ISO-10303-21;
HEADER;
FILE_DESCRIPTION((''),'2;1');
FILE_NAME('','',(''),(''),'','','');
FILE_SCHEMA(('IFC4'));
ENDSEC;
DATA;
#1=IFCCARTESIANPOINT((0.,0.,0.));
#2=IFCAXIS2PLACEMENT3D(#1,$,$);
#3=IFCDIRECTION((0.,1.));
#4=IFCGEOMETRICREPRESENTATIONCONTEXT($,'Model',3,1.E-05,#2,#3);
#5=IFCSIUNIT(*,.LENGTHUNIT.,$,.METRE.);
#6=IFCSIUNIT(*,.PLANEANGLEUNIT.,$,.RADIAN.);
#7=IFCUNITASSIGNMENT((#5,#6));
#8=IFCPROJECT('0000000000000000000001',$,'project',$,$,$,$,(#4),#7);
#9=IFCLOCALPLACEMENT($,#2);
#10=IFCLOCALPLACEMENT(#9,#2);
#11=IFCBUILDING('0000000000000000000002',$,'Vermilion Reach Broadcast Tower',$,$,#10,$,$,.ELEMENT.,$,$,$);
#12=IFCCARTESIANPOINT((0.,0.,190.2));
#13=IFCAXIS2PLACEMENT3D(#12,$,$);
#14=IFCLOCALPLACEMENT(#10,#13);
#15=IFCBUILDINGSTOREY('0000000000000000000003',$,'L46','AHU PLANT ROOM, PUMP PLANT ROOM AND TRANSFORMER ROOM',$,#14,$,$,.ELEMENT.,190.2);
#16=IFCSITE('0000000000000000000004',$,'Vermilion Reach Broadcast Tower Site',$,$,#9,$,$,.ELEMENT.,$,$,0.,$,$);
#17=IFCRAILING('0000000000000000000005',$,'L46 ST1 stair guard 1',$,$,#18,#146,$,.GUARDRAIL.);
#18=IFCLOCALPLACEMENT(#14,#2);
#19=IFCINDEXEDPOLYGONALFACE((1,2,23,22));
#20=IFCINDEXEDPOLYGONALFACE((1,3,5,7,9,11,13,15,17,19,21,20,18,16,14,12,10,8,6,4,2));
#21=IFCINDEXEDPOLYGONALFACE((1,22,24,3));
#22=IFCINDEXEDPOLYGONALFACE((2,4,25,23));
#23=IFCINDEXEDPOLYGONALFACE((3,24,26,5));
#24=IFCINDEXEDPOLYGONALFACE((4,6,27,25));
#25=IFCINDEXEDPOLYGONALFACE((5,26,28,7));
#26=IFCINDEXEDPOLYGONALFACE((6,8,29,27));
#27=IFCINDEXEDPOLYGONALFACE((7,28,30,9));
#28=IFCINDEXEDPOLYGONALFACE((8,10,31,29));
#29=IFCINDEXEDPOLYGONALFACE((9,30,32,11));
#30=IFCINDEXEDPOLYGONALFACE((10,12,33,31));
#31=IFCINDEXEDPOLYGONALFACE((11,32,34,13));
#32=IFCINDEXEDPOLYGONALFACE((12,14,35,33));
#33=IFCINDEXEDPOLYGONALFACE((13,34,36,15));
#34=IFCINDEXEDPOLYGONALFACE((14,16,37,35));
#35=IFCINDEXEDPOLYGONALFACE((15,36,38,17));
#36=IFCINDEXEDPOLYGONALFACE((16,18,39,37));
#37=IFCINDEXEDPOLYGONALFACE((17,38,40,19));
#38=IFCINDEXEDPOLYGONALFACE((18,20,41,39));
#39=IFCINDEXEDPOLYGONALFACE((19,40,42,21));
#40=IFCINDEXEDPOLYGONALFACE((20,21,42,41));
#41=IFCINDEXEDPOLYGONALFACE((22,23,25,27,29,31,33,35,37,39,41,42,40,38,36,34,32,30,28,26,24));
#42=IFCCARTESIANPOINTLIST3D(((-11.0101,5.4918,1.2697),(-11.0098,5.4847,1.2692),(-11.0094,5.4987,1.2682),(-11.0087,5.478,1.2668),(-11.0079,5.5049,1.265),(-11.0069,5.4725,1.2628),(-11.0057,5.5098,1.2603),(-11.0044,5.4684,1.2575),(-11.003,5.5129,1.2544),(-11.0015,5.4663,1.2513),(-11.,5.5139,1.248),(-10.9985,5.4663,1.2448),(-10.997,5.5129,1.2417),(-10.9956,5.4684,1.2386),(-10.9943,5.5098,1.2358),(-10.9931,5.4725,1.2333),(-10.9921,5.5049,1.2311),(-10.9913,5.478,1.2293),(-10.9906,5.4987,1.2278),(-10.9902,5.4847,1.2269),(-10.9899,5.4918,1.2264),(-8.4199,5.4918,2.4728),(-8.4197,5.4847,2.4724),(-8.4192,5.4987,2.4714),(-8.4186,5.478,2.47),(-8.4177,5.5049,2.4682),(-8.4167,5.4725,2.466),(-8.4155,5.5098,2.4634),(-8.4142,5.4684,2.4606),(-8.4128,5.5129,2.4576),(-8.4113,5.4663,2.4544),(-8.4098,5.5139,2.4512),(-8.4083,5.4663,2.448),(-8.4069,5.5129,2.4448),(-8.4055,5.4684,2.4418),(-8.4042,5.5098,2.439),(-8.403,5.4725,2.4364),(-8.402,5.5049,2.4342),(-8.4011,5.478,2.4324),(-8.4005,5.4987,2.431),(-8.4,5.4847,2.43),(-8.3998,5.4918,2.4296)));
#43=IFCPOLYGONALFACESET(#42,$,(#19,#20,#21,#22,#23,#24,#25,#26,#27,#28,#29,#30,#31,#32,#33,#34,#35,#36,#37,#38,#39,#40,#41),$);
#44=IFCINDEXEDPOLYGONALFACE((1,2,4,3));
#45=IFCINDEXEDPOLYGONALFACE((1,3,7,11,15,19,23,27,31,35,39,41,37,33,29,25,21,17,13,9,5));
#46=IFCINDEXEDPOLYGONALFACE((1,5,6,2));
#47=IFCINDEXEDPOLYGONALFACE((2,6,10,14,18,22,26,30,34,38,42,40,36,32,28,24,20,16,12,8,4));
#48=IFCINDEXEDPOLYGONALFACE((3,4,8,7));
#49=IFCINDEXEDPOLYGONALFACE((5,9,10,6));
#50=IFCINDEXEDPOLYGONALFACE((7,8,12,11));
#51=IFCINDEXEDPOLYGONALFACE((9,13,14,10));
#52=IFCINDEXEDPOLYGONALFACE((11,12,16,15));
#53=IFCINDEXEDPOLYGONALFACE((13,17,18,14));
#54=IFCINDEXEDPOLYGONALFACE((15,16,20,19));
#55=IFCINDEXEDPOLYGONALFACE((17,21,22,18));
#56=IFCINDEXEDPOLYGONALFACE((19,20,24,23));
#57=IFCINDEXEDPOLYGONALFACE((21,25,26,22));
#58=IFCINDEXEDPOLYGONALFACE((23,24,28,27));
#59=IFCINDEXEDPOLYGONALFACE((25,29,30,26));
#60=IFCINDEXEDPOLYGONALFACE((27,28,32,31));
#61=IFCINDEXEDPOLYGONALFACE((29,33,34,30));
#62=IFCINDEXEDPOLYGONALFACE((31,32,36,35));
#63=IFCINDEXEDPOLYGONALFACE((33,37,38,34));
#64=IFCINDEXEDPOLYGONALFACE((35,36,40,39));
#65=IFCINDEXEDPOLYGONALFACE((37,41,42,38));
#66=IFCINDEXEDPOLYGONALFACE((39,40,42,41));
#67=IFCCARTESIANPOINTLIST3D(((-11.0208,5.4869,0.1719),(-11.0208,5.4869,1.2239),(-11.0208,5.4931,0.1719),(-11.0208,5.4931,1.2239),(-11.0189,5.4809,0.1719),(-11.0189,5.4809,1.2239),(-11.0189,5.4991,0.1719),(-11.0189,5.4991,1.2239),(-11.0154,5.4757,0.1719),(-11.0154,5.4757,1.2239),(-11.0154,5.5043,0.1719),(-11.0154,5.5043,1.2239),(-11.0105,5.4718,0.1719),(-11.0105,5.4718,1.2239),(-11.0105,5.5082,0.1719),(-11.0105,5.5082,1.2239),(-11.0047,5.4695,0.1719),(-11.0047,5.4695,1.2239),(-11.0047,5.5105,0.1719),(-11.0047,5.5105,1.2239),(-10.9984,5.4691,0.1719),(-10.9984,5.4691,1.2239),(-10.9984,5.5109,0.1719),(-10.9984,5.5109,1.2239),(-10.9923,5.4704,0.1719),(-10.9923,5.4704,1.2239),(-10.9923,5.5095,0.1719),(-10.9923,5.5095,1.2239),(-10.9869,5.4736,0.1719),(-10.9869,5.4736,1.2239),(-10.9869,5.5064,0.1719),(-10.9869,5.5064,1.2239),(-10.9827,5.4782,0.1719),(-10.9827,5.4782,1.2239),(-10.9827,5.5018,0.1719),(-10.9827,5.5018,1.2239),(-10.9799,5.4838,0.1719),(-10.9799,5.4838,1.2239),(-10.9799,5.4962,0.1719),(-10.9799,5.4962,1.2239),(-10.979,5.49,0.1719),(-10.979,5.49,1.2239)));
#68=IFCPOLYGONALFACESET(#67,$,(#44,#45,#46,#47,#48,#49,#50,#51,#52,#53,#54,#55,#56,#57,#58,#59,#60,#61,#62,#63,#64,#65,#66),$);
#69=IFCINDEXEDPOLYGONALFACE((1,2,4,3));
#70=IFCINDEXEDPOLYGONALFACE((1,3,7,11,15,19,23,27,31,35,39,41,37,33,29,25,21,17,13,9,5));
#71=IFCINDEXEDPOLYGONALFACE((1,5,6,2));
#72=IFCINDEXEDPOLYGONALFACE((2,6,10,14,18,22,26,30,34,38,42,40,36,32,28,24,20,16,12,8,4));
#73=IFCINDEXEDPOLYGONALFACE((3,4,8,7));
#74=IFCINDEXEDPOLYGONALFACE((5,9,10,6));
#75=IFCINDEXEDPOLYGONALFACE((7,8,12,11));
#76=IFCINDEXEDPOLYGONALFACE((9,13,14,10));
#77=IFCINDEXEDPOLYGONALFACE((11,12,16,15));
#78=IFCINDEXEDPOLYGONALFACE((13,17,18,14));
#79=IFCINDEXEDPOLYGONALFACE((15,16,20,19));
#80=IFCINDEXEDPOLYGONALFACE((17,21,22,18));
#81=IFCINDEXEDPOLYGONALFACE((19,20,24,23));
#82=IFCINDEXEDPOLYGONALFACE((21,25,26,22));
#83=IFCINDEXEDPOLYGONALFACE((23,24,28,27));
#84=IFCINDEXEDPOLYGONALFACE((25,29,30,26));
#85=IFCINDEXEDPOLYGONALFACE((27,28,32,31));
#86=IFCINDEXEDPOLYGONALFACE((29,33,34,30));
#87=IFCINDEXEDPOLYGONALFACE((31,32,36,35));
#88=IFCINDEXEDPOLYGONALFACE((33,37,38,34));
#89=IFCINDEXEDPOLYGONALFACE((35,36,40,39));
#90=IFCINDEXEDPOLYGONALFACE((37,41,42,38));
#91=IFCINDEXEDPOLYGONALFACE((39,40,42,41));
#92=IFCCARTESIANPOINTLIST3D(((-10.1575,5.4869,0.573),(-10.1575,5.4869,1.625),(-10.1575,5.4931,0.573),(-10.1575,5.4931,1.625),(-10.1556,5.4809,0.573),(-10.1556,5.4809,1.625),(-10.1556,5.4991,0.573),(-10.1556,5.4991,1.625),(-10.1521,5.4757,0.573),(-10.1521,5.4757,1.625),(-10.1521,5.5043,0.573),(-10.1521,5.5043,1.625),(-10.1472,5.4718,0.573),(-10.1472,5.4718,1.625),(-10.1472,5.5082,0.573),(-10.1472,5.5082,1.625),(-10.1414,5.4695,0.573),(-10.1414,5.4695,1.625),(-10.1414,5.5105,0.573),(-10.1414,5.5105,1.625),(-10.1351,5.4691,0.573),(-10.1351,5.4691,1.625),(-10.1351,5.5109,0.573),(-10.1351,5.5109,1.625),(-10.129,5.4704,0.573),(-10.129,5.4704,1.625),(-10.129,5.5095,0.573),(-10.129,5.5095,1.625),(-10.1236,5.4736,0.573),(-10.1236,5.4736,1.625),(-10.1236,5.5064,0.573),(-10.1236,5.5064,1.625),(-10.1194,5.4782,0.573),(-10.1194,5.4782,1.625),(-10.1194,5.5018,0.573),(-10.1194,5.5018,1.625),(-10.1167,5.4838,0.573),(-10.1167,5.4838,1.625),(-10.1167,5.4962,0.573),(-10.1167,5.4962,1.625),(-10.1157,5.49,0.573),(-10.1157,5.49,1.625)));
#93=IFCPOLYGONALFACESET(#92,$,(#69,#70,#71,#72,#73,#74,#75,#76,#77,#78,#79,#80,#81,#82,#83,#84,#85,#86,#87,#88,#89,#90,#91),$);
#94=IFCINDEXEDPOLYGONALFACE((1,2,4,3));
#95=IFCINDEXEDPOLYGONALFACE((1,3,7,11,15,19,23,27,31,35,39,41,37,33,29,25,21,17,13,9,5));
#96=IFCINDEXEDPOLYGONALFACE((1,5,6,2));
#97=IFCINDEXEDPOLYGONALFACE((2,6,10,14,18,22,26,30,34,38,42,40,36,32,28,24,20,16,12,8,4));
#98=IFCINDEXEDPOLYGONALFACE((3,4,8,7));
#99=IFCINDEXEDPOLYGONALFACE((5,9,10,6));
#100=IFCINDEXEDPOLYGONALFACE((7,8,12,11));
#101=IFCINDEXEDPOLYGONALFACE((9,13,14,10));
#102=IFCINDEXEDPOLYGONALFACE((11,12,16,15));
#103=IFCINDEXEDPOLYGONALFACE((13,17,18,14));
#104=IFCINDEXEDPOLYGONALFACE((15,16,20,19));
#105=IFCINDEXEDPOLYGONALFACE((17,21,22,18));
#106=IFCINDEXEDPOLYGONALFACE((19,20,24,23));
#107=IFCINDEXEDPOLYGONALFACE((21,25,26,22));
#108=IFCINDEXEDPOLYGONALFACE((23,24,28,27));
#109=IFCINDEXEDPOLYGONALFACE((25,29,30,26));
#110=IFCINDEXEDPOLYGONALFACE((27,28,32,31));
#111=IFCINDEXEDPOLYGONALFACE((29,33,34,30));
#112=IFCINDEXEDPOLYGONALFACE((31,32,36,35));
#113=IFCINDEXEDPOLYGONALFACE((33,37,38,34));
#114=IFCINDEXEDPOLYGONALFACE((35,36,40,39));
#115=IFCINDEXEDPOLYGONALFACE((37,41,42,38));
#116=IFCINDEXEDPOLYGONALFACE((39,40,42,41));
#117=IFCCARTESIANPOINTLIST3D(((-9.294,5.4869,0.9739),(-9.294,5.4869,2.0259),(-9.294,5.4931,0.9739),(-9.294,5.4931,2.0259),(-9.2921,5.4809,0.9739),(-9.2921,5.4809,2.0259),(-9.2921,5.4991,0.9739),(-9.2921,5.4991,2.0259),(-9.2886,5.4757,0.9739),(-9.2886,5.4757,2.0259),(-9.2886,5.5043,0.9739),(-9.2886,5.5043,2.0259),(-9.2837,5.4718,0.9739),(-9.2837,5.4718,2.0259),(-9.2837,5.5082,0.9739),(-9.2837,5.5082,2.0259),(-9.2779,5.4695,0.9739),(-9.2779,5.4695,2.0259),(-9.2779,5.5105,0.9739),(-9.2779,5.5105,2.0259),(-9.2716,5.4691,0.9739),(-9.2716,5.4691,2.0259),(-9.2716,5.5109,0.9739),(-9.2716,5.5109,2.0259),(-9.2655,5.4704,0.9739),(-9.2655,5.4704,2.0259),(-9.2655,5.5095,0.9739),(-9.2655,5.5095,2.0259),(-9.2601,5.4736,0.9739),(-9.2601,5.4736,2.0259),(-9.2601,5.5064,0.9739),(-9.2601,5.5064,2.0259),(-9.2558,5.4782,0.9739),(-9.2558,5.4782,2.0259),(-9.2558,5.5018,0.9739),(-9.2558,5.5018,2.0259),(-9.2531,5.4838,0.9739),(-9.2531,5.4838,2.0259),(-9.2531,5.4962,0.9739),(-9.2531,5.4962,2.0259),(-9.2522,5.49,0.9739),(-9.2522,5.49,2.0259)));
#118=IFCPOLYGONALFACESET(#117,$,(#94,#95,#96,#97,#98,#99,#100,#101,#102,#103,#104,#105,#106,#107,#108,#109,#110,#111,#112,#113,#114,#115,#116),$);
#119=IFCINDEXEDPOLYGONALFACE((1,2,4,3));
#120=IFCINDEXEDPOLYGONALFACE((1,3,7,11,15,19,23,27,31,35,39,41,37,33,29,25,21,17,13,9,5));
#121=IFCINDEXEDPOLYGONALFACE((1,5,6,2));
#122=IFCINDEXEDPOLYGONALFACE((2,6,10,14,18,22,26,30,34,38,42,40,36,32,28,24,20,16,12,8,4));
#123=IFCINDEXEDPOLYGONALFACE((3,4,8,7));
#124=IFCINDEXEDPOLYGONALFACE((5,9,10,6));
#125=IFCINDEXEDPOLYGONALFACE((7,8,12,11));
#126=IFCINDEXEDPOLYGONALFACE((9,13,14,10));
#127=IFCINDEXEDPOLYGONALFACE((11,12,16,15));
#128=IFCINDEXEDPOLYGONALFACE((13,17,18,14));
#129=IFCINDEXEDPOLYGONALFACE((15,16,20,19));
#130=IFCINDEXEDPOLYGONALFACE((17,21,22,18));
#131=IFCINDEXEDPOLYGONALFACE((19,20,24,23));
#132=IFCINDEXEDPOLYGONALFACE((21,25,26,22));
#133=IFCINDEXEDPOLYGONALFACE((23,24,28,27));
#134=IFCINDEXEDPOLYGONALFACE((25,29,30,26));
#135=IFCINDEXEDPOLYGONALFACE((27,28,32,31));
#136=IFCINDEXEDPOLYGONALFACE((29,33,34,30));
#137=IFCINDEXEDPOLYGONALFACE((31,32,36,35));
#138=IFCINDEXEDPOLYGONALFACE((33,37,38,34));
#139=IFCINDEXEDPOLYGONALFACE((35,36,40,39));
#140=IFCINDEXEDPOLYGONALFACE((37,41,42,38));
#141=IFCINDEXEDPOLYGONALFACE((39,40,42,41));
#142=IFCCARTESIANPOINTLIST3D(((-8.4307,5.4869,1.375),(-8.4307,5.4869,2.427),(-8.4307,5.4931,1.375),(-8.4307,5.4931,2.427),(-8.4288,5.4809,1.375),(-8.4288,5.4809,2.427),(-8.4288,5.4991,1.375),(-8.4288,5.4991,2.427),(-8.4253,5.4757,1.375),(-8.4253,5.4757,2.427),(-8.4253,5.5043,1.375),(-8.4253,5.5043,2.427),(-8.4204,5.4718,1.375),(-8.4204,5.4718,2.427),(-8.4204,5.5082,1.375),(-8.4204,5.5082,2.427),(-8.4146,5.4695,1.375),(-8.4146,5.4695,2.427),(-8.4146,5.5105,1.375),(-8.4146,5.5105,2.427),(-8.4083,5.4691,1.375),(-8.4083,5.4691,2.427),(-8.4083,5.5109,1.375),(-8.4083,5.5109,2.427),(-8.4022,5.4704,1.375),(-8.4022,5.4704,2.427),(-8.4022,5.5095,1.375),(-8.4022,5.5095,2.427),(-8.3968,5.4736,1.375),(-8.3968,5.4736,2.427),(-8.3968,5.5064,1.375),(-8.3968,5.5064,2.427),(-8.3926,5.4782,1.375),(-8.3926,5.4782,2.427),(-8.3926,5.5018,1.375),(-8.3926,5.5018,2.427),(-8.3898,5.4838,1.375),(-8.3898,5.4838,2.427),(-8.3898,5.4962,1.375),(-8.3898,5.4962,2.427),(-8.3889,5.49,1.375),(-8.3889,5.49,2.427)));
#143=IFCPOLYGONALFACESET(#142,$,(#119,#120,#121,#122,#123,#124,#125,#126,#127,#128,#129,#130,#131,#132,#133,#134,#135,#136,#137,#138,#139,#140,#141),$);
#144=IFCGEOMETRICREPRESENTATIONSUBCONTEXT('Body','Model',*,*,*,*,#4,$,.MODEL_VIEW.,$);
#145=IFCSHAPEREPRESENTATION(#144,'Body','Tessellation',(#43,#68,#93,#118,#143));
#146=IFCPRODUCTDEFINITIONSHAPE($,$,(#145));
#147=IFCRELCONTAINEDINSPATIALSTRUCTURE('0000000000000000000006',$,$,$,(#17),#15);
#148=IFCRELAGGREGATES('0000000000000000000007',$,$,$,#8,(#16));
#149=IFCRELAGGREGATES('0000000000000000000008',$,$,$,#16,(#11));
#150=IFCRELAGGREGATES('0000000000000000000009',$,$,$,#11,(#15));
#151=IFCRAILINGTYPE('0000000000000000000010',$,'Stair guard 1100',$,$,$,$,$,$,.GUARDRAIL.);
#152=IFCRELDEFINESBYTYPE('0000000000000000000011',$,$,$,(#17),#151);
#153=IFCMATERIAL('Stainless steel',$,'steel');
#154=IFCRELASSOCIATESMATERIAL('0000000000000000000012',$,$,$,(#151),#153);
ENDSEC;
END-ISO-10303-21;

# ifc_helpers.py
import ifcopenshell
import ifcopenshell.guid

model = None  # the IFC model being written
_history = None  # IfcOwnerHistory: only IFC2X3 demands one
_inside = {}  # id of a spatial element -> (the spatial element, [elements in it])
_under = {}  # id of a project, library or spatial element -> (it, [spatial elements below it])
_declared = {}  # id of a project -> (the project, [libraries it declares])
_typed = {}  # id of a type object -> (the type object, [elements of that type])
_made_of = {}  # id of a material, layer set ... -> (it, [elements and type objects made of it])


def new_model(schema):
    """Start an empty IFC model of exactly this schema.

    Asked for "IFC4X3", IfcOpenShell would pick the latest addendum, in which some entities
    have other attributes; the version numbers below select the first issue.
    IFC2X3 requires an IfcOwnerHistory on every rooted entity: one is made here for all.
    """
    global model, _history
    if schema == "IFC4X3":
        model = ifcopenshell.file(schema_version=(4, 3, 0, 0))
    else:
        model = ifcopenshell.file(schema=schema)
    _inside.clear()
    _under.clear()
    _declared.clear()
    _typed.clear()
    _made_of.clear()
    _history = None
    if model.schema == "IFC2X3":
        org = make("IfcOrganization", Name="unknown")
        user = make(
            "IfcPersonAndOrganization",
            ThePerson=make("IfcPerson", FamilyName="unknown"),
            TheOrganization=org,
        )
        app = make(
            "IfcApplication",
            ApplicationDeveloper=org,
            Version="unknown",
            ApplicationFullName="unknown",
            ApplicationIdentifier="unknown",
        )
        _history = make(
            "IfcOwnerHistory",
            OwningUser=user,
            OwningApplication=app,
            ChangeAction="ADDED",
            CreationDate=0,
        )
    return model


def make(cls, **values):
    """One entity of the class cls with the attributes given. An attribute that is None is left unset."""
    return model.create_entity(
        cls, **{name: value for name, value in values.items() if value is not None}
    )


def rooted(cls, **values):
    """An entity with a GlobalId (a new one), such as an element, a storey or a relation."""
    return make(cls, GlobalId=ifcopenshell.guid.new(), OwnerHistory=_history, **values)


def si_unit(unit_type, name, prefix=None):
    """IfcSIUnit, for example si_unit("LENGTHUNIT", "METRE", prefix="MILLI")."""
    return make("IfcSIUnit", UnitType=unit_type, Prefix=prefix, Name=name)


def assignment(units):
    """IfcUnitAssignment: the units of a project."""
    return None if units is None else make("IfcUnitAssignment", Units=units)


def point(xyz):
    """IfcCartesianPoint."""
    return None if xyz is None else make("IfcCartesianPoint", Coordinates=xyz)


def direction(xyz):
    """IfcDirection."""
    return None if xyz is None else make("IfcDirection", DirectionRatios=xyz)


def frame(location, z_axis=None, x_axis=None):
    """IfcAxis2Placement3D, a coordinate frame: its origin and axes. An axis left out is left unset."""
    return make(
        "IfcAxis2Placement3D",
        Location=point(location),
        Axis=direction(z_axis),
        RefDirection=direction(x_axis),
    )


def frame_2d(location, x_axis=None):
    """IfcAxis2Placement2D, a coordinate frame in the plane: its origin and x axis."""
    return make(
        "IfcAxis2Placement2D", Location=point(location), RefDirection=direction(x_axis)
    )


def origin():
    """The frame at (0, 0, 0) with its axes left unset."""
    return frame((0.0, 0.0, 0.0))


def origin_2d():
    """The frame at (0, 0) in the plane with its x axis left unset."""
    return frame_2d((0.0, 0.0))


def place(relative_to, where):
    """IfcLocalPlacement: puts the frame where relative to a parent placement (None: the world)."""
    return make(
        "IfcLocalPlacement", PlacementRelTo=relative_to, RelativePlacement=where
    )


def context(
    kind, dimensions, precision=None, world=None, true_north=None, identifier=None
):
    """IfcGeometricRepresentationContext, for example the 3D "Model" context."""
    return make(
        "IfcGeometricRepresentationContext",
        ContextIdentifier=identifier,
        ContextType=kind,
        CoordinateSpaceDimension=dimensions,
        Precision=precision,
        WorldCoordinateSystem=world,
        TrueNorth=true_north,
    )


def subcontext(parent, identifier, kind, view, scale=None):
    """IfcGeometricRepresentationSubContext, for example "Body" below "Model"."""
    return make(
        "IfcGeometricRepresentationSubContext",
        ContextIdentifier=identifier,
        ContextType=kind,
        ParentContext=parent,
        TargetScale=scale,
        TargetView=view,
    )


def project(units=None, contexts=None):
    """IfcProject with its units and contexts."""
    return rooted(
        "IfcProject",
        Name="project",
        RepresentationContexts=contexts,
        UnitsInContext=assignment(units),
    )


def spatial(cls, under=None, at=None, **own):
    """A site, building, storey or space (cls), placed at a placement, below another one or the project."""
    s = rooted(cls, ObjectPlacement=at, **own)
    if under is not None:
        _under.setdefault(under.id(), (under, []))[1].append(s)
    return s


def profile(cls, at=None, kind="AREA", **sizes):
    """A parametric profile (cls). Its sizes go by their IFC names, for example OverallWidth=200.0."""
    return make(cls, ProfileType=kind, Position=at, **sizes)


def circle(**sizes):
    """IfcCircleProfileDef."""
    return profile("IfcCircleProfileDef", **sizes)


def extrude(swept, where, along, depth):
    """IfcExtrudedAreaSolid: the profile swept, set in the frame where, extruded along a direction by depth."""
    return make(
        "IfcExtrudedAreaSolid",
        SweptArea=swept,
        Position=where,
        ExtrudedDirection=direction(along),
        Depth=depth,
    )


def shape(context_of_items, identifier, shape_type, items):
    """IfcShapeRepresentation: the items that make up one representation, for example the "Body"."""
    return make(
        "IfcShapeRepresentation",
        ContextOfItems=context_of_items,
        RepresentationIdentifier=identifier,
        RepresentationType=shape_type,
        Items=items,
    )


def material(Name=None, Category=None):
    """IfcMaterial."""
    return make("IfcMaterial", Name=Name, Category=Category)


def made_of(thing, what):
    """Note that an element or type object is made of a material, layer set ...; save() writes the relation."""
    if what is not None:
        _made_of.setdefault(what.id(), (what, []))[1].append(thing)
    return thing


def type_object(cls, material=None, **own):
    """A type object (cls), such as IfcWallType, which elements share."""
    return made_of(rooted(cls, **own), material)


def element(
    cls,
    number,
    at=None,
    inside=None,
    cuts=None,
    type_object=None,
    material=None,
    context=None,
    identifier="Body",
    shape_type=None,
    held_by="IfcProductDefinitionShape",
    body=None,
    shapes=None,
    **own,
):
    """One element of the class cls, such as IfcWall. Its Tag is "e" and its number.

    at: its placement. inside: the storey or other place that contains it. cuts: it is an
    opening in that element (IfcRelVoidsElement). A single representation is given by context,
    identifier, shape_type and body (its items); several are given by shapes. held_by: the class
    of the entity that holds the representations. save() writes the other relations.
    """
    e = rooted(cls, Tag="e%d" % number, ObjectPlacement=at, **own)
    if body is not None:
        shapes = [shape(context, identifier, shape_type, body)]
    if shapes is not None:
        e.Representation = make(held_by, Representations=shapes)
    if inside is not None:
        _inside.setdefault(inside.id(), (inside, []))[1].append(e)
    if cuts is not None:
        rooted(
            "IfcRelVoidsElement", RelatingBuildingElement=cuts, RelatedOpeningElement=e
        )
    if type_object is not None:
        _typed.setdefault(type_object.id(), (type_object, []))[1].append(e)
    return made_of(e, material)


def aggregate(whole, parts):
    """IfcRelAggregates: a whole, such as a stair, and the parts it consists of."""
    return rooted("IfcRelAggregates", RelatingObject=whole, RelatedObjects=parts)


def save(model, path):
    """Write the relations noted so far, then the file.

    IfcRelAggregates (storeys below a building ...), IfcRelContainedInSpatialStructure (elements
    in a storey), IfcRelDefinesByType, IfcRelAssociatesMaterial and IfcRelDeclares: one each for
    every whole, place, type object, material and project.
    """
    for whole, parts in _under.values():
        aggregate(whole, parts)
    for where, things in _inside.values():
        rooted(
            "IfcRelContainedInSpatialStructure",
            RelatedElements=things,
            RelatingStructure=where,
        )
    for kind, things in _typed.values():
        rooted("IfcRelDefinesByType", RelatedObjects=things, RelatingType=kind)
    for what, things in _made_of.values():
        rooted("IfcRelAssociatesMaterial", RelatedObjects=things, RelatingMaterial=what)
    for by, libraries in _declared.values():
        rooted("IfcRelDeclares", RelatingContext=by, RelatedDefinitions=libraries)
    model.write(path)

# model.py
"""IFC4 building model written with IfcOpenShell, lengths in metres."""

from ifc_helpers import new_model, si_unit, direction, frame, origin, origin_2d, place, context, subcontext, project, spatial, circle, extrude, material, type_object, element, save


model = new_model("IFC4")

# Units and contexts
model_context = context("Model", 3, precision=1e-05, world=origin(), true_north=direction((0.0, 1.0)))
body_context = subcontext(model_context, "Body", "Model", "MODEL_VIEW")
ifc_project = project(units=[si_unit("LENGTHUNIT", "METRE"), si_unit("PLANEANGLEUNIT", "RADIAN")], contexts=[model_context])

# Site, building, storey
site_placement = place(None, origin())
site = spatial("IfcSite", under=ifc_project, at=site_placement, Name="Vermilion Reach Broadcast Tower Site", CompositionType="ELEMENT", RefElevation=0.0)
building_placement = place(site_placement, origin())
building = spatial("IfcBuilding", under=site, at=building_placement, Name="Vermilion Reach Broadcast Tower", CompositionType="ELEMENT")
storey_placement = place(building_placement, frame((0.0, 0.0, 190.2)))
storey = spatial("IfcBuildingStorey", under=building, at=storey_placement, Name="L46", Description="AHU PLANT ROOM, PUMP PLANT ROOM AND TRANSFORMER ROOM", CompositionType="ELEMENT", Elevation=190.2)

# Railing
ifc_material_1 = material(Name="Stainless steel", Category="steel")
railing_type_1 = type_object("IfcRailingType", Name="Stair guard 1100", PredefinedType="GUARDRAIL", material=ifc_material_1)
railing_1_placement = place(storey_placement, frame((-11.0, 5.49, 0.1719)))
element("IfcRailing", 1, at=railing_1_placement, inside=storey, type_object=railing_type_1, Name="L46 ST1 stair guard 1", PredefinedType="GUARDRAIL", context=body_context, shape_type="SweptSolid", body=[
    extrude(circle(Radius=0.0239, at=origin_2d()), frame((0.0, 0.0, 1.0762), z_axis=(0.906931, 0.0, 0.42128), x_axis=(0.0, 1.0, 0.0)), (0.0, 0.0, 1.0), 2.856),
    extrude(circle(Radius=0.021, at=origin_2d()), origin(), (0.0, 0.0, 1.0), 1.052),
    extrude(circle(Radius=0.021, at=origin_2d()), frame((0.8633, 0.0, 0.4011)), (0.0, 0.0, 1.0), 1.052),
    extrude(circle(Radius=0.021, at=origin_2d()), frame((1.7268, 0.0, 0.802)), (0.0, 0.0, 1.0), 1.052),
    extrude(circle(Radius=0.021, at=origin_2d()), frame((2.5901, 0.0, 1.2031)), (0.0, 0.0, 1.0), 1.052),
])

save(model, "model.ifc")
